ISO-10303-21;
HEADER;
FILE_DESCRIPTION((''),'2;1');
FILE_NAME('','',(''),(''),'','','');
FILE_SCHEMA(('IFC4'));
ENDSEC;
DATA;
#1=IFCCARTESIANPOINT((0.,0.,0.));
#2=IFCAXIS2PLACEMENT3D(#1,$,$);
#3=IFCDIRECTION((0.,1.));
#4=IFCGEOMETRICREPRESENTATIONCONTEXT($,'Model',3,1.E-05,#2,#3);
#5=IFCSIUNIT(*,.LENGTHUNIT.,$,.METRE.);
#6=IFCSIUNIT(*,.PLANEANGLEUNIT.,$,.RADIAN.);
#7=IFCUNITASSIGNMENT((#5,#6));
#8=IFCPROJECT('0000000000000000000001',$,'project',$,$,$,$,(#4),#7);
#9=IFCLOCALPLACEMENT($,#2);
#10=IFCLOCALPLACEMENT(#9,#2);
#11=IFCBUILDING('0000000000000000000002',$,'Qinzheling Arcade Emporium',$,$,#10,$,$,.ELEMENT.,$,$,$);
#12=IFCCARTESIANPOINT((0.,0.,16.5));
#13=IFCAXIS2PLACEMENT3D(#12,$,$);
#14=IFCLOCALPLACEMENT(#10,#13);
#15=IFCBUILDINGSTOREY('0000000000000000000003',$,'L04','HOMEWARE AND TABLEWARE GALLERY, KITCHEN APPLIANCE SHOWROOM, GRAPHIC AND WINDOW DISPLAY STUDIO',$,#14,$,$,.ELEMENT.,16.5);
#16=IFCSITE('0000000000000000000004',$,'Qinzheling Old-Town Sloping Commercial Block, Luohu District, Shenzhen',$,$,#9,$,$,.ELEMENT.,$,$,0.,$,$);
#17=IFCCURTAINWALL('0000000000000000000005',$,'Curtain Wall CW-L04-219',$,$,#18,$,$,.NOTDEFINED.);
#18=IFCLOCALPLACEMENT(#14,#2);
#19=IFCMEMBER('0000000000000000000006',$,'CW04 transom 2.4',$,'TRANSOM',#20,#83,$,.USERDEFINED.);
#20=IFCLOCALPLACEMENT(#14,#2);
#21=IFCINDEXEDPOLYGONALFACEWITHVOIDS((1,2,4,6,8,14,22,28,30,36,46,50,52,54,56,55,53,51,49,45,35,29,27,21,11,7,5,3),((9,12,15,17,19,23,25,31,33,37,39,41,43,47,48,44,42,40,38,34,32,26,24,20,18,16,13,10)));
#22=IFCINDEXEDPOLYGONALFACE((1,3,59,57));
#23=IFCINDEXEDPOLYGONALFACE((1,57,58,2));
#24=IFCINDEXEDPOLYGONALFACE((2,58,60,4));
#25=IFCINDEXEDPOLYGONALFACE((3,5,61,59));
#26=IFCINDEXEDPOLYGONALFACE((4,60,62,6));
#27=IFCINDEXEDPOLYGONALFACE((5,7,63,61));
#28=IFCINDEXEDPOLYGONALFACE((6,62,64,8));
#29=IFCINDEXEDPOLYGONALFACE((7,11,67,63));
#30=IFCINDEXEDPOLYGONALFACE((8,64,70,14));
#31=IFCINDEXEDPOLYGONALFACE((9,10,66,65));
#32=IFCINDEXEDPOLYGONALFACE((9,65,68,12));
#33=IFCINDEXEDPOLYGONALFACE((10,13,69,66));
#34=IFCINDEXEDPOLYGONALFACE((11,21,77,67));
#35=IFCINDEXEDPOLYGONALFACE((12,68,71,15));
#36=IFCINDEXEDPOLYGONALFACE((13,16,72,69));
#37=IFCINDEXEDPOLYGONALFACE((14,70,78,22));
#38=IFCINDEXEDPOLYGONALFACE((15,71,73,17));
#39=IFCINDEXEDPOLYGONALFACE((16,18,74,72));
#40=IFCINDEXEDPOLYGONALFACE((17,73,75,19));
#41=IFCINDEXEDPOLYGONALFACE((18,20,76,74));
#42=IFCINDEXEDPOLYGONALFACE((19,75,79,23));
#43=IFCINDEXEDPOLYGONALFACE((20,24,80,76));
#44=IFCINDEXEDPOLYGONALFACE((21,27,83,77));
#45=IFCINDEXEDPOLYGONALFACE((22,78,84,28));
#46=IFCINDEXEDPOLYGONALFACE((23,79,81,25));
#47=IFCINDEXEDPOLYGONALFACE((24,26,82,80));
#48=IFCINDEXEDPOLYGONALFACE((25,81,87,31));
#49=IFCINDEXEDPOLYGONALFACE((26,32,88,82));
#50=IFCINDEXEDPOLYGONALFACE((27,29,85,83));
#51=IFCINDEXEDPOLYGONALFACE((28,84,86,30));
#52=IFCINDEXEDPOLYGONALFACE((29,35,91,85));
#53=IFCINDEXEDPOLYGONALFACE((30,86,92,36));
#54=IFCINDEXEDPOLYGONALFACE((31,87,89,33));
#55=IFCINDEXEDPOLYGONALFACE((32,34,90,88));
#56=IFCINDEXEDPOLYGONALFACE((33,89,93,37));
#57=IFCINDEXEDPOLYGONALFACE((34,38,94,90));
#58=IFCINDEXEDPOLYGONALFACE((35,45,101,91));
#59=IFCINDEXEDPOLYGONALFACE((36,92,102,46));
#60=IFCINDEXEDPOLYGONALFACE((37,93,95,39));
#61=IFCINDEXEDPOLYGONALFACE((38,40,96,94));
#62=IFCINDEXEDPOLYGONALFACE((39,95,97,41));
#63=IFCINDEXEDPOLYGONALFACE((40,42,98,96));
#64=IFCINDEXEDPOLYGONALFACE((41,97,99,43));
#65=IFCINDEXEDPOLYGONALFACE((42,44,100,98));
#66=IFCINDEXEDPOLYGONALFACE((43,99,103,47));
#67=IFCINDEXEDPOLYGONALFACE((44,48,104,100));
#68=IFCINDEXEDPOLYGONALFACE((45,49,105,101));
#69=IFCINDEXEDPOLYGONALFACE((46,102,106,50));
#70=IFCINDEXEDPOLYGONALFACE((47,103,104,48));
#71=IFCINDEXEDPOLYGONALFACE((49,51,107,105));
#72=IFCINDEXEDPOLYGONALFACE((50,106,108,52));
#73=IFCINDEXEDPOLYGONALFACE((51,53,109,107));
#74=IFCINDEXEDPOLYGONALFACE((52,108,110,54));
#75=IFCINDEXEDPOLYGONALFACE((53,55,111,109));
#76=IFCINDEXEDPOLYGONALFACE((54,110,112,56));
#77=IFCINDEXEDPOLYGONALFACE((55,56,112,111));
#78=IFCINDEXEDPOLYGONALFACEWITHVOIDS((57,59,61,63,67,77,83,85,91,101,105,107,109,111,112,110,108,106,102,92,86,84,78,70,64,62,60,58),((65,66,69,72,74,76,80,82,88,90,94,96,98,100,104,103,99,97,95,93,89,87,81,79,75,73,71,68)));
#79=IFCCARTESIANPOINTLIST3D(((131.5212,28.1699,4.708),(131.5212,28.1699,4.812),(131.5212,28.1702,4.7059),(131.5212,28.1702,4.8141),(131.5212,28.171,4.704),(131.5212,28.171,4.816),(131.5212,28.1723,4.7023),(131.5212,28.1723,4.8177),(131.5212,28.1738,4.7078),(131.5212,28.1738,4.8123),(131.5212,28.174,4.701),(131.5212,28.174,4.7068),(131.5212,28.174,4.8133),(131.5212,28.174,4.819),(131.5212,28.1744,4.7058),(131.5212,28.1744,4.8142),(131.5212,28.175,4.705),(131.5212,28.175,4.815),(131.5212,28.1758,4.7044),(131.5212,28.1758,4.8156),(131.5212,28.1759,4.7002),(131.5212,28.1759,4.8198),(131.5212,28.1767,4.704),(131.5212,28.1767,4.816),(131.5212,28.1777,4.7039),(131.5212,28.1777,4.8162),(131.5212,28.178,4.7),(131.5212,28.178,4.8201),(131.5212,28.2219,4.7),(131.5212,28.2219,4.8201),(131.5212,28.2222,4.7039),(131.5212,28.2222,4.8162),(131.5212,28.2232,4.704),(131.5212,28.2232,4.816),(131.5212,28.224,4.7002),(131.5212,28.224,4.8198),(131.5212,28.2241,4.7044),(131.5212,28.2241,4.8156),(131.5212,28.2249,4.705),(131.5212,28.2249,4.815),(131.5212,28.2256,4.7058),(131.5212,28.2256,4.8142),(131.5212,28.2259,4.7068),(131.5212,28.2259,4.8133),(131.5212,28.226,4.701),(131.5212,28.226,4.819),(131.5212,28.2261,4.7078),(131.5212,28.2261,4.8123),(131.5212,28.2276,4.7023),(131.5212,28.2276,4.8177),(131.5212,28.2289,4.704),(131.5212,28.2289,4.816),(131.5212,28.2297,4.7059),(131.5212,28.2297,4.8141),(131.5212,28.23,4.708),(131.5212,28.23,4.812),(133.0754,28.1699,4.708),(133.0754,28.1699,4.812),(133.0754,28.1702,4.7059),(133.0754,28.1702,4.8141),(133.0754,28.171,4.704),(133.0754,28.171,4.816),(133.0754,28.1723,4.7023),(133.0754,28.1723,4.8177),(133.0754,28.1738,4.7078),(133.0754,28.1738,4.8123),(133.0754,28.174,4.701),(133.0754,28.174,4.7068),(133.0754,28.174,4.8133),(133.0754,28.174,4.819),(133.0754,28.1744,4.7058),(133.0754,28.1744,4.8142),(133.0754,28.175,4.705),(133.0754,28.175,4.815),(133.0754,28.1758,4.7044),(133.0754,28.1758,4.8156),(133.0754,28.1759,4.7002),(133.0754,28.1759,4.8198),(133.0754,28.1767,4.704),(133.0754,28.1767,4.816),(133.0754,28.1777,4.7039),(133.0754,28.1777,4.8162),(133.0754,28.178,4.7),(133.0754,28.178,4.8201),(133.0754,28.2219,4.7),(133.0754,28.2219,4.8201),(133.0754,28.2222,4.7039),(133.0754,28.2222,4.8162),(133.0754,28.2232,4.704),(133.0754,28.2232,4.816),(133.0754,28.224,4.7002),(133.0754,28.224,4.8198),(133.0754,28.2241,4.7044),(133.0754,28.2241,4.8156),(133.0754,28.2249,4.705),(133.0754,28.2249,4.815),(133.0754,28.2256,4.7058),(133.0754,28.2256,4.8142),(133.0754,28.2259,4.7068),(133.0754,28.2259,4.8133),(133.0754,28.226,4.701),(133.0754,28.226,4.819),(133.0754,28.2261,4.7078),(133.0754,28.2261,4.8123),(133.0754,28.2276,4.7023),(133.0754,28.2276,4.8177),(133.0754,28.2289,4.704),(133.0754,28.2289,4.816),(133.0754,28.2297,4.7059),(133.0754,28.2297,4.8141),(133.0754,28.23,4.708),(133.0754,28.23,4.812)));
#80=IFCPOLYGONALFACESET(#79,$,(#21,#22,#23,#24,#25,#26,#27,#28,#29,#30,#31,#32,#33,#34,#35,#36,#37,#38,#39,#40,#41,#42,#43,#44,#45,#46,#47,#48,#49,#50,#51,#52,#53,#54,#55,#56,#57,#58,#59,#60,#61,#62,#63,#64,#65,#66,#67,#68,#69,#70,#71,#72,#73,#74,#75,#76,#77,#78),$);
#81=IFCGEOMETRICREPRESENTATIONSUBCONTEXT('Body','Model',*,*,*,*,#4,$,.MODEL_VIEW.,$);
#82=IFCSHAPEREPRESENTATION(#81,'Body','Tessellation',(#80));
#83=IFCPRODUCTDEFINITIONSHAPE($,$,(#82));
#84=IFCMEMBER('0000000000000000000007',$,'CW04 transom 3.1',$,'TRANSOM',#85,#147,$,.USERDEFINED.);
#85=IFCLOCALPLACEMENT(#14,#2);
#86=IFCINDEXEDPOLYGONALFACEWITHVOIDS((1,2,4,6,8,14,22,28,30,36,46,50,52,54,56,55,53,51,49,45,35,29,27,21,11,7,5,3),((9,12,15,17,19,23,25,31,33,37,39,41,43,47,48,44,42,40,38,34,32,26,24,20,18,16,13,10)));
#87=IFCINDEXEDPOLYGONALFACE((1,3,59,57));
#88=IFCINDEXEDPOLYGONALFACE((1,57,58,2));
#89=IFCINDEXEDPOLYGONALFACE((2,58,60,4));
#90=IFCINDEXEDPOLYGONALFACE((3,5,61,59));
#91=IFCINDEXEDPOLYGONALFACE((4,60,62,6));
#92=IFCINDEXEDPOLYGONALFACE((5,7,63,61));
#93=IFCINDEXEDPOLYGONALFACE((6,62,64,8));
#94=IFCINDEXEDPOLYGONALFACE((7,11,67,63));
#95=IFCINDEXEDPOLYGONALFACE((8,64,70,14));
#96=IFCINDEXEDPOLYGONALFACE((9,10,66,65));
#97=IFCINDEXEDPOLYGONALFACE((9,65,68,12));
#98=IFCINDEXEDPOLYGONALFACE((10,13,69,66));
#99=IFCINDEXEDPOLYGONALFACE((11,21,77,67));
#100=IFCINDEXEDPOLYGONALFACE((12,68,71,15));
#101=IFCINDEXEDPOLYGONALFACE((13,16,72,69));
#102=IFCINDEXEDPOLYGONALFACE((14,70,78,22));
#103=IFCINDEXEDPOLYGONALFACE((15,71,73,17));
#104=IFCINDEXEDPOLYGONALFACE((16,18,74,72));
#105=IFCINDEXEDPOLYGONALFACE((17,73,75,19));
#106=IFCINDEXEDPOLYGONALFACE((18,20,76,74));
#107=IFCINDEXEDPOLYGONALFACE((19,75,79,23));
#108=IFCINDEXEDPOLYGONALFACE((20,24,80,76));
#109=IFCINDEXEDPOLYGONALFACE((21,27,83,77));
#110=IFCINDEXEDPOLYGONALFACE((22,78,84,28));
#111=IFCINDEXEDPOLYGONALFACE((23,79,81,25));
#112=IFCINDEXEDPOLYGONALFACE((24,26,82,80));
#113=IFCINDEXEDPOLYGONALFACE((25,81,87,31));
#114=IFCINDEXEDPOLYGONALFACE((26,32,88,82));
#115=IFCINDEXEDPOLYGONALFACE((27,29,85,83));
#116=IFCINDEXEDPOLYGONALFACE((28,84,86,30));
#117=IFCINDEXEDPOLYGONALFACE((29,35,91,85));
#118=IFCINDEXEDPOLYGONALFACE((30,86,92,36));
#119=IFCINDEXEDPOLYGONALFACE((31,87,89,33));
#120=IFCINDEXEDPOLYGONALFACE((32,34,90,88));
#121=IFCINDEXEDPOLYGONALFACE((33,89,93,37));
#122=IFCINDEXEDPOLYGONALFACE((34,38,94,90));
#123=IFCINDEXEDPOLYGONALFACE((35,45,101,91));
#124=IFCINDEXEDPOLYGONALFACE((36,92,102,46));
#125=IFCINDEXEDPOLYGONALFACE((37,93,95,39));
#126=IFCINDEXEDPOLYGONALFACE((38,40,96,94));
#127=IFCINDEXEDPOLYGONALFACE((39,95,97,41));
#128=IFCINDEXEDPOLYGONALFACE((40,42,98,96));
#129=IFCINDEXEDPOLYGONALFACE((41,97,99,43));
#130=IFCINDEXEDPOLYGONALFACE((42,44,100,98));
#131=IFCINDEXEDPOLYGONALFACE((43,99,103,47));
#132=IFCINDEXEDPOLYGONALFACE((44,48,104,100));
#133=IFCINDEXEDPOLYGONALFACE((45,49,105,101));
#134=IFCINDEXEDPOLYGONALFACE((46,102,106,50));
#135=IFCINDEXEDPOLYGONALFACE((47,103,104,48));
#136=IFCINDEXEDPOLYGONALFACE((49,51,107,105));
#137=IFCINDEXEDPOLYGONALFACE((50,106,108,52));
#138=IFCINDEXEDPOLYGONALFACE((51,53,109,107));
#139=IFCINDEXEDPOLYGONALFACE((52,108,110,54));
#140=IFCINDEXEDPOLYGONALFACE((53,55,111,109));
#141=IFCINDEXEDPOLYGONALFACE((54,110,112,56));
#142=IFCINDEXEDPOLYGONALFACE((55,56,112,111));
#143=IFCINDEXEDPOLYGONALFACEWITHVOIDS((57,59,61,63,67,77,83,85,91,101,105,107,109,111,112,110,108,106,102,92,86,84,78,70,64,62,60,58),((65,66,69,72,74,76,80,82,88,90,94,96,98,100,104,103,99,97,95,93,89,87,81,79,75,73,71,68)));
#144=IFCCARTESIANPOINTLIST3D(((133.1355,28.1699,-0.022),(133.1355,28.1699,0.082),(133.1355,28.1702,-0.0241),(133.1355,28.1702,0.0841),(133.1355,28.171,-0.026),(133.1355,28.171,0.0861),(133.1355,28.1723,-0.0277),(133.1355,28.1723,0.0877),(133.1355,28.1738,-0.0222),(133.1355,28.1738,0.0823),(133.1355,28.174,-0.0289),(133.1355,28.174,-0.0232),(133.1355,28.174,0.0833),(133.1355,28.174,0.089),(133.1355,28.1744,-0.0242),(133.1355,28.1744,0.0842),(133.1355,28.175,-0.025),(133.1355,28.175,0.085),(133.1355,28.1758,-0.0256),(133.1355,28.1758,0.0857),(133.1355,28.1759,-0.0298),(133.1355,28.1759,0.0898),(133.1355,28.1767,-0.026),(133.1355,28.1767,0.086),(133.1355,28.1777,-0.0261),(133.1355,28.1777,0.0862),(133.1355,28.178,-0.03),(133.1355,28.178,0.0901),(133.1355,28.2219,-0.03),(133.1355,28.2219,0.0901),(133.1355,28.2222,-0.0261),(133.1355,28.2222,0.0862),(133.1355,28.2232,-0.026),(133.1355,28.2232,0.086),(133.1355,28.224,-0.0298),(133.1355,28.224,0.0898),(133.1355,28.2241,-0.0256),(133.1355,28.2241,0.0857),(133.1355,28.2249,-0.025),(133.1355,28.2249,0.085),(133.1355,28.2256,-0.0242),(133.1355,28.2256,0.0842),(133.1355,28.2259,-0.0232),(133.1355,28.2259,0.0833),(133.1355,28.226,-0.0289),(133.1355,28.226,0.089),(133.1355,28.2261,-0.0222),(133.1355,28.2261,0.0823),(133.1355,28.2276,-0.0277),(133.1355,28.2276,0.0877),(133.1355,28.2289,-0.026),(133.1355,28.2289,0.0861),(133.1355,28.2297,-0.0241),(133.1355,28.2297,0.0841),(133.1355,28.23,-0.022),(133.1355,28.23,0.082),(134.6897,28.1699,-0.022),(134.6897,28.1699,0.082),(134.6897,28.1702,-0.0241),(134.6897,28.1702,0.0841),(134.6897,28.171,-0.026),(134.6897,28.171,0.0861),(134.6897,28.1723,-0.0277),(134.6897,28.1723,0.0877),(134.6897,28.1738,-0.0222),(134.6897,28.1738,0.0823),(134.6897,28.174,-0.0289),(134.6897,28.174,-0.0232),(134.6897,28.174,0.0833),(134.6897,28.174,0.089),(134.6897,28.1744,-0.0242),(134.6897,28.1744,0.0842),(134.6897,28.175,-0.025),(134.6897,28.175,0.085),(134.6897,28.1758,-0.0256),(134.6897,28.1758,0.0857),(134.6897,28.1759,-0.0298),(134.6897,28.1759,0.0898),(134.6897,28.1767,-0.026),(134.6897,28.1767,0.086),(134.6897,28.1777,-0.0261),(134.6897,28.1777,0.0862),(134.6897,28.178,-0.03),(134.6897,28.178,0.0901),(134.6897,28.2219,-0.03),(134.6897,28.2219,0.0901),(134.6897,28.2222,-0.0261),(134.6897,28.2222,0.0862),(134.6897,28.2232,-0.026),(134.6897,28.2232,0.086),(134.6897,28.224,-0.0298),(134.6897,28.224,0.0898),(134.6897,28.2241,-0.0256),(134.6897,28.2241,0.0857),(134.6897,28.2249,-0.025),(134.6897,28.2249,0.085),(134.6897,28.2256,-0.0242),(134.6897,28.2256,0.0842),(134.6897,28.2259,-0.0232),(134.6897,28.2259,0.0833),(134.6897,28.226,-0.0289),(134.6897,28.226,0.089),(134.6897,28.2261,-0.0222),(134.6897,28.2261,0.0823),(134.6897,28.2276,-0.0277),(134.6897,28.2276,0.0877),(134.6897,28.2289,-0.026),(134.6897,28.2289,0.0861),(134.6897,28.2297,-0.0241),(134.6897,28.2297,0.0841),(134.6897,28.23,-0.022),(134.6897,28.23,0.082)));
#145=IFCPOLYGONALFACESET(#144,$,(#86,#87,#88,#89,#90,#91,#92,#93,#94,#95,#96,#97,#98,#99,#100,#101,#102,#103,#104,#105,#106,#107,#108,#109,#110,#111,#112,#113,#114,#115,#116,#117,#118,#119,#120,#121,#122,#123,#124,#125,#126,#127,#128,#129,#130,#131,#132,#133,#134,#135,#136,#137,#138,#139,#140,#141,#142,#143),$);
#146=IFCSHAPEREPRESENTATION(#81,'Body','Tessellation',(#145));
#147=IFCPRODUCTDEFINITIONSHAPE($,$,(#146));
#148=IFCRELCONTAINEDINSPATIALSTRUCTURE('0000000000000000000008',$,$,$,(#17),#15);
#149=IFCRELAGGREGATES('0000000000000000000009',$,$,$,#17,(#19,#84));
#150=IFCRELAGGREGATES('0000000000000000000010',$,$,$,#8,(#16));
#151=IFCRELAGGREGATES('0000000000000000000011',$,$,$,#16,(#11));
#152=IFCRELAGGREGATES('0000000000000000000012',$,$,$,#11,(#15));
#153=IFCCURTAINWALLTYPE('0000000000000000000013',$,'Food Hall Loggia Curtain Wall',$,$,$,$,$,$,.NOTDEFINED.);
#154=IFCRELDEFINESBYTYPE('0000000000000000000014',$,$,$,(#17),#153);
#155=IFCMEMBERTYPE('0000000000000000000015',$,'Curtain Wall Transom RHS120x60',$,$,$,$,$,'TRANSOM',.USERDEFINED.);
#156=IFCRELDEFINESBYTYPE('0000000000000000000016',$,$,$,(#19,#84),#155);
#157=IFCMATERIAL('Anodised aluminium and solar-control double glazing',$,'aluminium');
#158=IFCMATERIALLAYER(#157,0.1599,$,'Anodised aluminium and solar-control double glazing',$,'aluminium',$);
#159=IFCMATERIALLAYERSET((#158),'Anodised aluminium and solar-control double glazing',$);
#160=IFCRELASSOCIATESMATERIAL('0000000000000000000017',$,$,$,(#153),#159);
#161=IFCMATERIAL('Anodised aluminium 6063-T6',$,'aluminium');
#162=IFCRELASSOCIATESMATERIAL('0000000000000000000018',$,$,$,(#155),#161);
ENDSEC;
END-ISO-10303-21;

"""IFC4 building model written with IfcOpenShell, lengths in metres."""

from ifc_helpers import new_model, si_unit, direction, frame, origin, origin_2d, place, context, subcontext, project, spatial, hollow_rectangle, extrude, material, layer, layer_set, material_profile, profile_set, type_object, element, aggregate, save


model = new_model("IFC4")

# Units and contexts
model_context = context("Model", 3, precision=1e-05, world=origin(), true_north=direction((0.0, 1.0)))
body_context = subcontext(model_context, "Body", "Model", "MODEL_VIEW")
ifc_project = project(units=[si_unit("LENGTHUNIT", "METRE"), si_unit("PLANEANGLEUNIT", "RADIAN")], contexts=[model_context])

# Site, building, storey
site_placement = place(None, origin())
site = spatial("IfcSite", under=ifc_project, at=site_placement, Name="Qinzheling Old-Town Sloping Commercial Block, Luohu District, Shenzhen", CompositionType="ELEMENT", RefElevation=0.0)
building_placement = place(site_placement, origin())
building = spatial("IfcBuilding", under=site, at=building_placement, Name="Qinzheling Arcade Emporium", CompositionType="ELEMENT")
storey_placement = place(building_placement, frame((0.0, 0.0, 16.5)))
storey = spatial("IfcBuildingStorey", under=building, at=storey_placement, Name="L04", Description="HOMEWARE AND TABLEWARE GALLERY, KITCHEN APPLIANCE SHOWROOM, GRAPHIC AND WINDOW DISPLAY STUDIO", CompositionType="ELEMENT", Elevation=16.5)

# Curtain wall, members
ifc_material_1 = material(Name="Anodised aluminium and solar-control double glazing", Category="aluminium")
ifc_layer_1 = layer(ifc_material_1, 0.1599, Name="Anodised aluminium and solar-control double glazing", Category="aluminium")
ifc_layer_set_1 = layer_set([ifc_layer_1], Name="Anodised aluminium and solar-control double glazing")
curtain_wall_type = type_object("IfcCurtainWallType", Name="Food Hall Loggia Curtain Wall", PredefinedType="NOTDEFINED", material=ifc_layer_set_1)
curtain_wall_placement = place(storey_placement, origin())
curtain_wall = element("IfcCurtainWall", 1, at=curtain_wall_placement, inside=storey, type_object=curtain_wall_type, Name="Curtain Wall CW-L04-219", PredefinedType="NOTDEFINED")
ifc_material_2 = material(Name="Anodised aluminium 6063-T6", Category="aluminium")
ifc_material_profile_1 = material_profile(ifc_material_2, hollow_rectangle(XDim=0.0601, YDim=0.1201, WallThickness=0.0039, InnerFilletRadius=0.0039, OuterFilletRadius=0.0081, at=origin_2d()), Name="RHS 120x60x4", Category="aluminium")
ifc_profile_set_1 = profile_set([ifc_material_profile_1], Name="Anodised aluminium 6063-T6")
member_type_1 = type_object("IfcMemberType", Name="Curtain Wall Transom RHS120x60", ElementType="TRANSOM", PredefinedType="USERDEFINED", material=ifc_profile_set_1)
member_1_placement = place(storey_placement, frame((131.5212, 28.2, 4.76), z_axis=(1.0, 0.0, 0.0), x_axis=(0.0, 1.0, 0.0)))
member_1 = element("IfcMember", 2, at=member_1_placement, type_object=member_type_1, Name="CW04 transom 2.4", ObjectType="TRANSOM", PredefinedType="USERDEFINED", context=body_context, shape_type="SweptSolid", body=[
    extrude(hollow_rectangle(XDim=0.0601, YDim=0.1201, WallThickness=0.0039, InnerFilletRadius=0.0039, OuterFilletRadius=0.0081, at=origin_2d()), origin(), (0.0, 0.0, 1.0), 1.5542),
])
member_2_placement = place(storey_placement, frame((133.1355, 28.2, 0.03), z_axis=(1.0, 0.0, 0.0), x_axis=(0.0, 1.0, 0.0)))
member_2 = element("IfcMember", 3, at=member_2_placement, type_object=member_type_1, Name="CW04 transom 3.1", ObjectType="TRANSOM", PredefinedType="USERDEFINED", context=body_context, shape_type="SweptSolid", body=[
    extrude(hollow_rectangle(XDim=0.0601, YDim=0.1201, WallThickness=0.0039, InnerFilletRadius=0.0039, OuterFilletRadius=0.0081, at=origin_2d()), origin(), (0.0, 0.0, 1.0), 1.5542),
])

aggregate(curtain_wall, [member_1, member_2])

save(model, "model.ifc")
